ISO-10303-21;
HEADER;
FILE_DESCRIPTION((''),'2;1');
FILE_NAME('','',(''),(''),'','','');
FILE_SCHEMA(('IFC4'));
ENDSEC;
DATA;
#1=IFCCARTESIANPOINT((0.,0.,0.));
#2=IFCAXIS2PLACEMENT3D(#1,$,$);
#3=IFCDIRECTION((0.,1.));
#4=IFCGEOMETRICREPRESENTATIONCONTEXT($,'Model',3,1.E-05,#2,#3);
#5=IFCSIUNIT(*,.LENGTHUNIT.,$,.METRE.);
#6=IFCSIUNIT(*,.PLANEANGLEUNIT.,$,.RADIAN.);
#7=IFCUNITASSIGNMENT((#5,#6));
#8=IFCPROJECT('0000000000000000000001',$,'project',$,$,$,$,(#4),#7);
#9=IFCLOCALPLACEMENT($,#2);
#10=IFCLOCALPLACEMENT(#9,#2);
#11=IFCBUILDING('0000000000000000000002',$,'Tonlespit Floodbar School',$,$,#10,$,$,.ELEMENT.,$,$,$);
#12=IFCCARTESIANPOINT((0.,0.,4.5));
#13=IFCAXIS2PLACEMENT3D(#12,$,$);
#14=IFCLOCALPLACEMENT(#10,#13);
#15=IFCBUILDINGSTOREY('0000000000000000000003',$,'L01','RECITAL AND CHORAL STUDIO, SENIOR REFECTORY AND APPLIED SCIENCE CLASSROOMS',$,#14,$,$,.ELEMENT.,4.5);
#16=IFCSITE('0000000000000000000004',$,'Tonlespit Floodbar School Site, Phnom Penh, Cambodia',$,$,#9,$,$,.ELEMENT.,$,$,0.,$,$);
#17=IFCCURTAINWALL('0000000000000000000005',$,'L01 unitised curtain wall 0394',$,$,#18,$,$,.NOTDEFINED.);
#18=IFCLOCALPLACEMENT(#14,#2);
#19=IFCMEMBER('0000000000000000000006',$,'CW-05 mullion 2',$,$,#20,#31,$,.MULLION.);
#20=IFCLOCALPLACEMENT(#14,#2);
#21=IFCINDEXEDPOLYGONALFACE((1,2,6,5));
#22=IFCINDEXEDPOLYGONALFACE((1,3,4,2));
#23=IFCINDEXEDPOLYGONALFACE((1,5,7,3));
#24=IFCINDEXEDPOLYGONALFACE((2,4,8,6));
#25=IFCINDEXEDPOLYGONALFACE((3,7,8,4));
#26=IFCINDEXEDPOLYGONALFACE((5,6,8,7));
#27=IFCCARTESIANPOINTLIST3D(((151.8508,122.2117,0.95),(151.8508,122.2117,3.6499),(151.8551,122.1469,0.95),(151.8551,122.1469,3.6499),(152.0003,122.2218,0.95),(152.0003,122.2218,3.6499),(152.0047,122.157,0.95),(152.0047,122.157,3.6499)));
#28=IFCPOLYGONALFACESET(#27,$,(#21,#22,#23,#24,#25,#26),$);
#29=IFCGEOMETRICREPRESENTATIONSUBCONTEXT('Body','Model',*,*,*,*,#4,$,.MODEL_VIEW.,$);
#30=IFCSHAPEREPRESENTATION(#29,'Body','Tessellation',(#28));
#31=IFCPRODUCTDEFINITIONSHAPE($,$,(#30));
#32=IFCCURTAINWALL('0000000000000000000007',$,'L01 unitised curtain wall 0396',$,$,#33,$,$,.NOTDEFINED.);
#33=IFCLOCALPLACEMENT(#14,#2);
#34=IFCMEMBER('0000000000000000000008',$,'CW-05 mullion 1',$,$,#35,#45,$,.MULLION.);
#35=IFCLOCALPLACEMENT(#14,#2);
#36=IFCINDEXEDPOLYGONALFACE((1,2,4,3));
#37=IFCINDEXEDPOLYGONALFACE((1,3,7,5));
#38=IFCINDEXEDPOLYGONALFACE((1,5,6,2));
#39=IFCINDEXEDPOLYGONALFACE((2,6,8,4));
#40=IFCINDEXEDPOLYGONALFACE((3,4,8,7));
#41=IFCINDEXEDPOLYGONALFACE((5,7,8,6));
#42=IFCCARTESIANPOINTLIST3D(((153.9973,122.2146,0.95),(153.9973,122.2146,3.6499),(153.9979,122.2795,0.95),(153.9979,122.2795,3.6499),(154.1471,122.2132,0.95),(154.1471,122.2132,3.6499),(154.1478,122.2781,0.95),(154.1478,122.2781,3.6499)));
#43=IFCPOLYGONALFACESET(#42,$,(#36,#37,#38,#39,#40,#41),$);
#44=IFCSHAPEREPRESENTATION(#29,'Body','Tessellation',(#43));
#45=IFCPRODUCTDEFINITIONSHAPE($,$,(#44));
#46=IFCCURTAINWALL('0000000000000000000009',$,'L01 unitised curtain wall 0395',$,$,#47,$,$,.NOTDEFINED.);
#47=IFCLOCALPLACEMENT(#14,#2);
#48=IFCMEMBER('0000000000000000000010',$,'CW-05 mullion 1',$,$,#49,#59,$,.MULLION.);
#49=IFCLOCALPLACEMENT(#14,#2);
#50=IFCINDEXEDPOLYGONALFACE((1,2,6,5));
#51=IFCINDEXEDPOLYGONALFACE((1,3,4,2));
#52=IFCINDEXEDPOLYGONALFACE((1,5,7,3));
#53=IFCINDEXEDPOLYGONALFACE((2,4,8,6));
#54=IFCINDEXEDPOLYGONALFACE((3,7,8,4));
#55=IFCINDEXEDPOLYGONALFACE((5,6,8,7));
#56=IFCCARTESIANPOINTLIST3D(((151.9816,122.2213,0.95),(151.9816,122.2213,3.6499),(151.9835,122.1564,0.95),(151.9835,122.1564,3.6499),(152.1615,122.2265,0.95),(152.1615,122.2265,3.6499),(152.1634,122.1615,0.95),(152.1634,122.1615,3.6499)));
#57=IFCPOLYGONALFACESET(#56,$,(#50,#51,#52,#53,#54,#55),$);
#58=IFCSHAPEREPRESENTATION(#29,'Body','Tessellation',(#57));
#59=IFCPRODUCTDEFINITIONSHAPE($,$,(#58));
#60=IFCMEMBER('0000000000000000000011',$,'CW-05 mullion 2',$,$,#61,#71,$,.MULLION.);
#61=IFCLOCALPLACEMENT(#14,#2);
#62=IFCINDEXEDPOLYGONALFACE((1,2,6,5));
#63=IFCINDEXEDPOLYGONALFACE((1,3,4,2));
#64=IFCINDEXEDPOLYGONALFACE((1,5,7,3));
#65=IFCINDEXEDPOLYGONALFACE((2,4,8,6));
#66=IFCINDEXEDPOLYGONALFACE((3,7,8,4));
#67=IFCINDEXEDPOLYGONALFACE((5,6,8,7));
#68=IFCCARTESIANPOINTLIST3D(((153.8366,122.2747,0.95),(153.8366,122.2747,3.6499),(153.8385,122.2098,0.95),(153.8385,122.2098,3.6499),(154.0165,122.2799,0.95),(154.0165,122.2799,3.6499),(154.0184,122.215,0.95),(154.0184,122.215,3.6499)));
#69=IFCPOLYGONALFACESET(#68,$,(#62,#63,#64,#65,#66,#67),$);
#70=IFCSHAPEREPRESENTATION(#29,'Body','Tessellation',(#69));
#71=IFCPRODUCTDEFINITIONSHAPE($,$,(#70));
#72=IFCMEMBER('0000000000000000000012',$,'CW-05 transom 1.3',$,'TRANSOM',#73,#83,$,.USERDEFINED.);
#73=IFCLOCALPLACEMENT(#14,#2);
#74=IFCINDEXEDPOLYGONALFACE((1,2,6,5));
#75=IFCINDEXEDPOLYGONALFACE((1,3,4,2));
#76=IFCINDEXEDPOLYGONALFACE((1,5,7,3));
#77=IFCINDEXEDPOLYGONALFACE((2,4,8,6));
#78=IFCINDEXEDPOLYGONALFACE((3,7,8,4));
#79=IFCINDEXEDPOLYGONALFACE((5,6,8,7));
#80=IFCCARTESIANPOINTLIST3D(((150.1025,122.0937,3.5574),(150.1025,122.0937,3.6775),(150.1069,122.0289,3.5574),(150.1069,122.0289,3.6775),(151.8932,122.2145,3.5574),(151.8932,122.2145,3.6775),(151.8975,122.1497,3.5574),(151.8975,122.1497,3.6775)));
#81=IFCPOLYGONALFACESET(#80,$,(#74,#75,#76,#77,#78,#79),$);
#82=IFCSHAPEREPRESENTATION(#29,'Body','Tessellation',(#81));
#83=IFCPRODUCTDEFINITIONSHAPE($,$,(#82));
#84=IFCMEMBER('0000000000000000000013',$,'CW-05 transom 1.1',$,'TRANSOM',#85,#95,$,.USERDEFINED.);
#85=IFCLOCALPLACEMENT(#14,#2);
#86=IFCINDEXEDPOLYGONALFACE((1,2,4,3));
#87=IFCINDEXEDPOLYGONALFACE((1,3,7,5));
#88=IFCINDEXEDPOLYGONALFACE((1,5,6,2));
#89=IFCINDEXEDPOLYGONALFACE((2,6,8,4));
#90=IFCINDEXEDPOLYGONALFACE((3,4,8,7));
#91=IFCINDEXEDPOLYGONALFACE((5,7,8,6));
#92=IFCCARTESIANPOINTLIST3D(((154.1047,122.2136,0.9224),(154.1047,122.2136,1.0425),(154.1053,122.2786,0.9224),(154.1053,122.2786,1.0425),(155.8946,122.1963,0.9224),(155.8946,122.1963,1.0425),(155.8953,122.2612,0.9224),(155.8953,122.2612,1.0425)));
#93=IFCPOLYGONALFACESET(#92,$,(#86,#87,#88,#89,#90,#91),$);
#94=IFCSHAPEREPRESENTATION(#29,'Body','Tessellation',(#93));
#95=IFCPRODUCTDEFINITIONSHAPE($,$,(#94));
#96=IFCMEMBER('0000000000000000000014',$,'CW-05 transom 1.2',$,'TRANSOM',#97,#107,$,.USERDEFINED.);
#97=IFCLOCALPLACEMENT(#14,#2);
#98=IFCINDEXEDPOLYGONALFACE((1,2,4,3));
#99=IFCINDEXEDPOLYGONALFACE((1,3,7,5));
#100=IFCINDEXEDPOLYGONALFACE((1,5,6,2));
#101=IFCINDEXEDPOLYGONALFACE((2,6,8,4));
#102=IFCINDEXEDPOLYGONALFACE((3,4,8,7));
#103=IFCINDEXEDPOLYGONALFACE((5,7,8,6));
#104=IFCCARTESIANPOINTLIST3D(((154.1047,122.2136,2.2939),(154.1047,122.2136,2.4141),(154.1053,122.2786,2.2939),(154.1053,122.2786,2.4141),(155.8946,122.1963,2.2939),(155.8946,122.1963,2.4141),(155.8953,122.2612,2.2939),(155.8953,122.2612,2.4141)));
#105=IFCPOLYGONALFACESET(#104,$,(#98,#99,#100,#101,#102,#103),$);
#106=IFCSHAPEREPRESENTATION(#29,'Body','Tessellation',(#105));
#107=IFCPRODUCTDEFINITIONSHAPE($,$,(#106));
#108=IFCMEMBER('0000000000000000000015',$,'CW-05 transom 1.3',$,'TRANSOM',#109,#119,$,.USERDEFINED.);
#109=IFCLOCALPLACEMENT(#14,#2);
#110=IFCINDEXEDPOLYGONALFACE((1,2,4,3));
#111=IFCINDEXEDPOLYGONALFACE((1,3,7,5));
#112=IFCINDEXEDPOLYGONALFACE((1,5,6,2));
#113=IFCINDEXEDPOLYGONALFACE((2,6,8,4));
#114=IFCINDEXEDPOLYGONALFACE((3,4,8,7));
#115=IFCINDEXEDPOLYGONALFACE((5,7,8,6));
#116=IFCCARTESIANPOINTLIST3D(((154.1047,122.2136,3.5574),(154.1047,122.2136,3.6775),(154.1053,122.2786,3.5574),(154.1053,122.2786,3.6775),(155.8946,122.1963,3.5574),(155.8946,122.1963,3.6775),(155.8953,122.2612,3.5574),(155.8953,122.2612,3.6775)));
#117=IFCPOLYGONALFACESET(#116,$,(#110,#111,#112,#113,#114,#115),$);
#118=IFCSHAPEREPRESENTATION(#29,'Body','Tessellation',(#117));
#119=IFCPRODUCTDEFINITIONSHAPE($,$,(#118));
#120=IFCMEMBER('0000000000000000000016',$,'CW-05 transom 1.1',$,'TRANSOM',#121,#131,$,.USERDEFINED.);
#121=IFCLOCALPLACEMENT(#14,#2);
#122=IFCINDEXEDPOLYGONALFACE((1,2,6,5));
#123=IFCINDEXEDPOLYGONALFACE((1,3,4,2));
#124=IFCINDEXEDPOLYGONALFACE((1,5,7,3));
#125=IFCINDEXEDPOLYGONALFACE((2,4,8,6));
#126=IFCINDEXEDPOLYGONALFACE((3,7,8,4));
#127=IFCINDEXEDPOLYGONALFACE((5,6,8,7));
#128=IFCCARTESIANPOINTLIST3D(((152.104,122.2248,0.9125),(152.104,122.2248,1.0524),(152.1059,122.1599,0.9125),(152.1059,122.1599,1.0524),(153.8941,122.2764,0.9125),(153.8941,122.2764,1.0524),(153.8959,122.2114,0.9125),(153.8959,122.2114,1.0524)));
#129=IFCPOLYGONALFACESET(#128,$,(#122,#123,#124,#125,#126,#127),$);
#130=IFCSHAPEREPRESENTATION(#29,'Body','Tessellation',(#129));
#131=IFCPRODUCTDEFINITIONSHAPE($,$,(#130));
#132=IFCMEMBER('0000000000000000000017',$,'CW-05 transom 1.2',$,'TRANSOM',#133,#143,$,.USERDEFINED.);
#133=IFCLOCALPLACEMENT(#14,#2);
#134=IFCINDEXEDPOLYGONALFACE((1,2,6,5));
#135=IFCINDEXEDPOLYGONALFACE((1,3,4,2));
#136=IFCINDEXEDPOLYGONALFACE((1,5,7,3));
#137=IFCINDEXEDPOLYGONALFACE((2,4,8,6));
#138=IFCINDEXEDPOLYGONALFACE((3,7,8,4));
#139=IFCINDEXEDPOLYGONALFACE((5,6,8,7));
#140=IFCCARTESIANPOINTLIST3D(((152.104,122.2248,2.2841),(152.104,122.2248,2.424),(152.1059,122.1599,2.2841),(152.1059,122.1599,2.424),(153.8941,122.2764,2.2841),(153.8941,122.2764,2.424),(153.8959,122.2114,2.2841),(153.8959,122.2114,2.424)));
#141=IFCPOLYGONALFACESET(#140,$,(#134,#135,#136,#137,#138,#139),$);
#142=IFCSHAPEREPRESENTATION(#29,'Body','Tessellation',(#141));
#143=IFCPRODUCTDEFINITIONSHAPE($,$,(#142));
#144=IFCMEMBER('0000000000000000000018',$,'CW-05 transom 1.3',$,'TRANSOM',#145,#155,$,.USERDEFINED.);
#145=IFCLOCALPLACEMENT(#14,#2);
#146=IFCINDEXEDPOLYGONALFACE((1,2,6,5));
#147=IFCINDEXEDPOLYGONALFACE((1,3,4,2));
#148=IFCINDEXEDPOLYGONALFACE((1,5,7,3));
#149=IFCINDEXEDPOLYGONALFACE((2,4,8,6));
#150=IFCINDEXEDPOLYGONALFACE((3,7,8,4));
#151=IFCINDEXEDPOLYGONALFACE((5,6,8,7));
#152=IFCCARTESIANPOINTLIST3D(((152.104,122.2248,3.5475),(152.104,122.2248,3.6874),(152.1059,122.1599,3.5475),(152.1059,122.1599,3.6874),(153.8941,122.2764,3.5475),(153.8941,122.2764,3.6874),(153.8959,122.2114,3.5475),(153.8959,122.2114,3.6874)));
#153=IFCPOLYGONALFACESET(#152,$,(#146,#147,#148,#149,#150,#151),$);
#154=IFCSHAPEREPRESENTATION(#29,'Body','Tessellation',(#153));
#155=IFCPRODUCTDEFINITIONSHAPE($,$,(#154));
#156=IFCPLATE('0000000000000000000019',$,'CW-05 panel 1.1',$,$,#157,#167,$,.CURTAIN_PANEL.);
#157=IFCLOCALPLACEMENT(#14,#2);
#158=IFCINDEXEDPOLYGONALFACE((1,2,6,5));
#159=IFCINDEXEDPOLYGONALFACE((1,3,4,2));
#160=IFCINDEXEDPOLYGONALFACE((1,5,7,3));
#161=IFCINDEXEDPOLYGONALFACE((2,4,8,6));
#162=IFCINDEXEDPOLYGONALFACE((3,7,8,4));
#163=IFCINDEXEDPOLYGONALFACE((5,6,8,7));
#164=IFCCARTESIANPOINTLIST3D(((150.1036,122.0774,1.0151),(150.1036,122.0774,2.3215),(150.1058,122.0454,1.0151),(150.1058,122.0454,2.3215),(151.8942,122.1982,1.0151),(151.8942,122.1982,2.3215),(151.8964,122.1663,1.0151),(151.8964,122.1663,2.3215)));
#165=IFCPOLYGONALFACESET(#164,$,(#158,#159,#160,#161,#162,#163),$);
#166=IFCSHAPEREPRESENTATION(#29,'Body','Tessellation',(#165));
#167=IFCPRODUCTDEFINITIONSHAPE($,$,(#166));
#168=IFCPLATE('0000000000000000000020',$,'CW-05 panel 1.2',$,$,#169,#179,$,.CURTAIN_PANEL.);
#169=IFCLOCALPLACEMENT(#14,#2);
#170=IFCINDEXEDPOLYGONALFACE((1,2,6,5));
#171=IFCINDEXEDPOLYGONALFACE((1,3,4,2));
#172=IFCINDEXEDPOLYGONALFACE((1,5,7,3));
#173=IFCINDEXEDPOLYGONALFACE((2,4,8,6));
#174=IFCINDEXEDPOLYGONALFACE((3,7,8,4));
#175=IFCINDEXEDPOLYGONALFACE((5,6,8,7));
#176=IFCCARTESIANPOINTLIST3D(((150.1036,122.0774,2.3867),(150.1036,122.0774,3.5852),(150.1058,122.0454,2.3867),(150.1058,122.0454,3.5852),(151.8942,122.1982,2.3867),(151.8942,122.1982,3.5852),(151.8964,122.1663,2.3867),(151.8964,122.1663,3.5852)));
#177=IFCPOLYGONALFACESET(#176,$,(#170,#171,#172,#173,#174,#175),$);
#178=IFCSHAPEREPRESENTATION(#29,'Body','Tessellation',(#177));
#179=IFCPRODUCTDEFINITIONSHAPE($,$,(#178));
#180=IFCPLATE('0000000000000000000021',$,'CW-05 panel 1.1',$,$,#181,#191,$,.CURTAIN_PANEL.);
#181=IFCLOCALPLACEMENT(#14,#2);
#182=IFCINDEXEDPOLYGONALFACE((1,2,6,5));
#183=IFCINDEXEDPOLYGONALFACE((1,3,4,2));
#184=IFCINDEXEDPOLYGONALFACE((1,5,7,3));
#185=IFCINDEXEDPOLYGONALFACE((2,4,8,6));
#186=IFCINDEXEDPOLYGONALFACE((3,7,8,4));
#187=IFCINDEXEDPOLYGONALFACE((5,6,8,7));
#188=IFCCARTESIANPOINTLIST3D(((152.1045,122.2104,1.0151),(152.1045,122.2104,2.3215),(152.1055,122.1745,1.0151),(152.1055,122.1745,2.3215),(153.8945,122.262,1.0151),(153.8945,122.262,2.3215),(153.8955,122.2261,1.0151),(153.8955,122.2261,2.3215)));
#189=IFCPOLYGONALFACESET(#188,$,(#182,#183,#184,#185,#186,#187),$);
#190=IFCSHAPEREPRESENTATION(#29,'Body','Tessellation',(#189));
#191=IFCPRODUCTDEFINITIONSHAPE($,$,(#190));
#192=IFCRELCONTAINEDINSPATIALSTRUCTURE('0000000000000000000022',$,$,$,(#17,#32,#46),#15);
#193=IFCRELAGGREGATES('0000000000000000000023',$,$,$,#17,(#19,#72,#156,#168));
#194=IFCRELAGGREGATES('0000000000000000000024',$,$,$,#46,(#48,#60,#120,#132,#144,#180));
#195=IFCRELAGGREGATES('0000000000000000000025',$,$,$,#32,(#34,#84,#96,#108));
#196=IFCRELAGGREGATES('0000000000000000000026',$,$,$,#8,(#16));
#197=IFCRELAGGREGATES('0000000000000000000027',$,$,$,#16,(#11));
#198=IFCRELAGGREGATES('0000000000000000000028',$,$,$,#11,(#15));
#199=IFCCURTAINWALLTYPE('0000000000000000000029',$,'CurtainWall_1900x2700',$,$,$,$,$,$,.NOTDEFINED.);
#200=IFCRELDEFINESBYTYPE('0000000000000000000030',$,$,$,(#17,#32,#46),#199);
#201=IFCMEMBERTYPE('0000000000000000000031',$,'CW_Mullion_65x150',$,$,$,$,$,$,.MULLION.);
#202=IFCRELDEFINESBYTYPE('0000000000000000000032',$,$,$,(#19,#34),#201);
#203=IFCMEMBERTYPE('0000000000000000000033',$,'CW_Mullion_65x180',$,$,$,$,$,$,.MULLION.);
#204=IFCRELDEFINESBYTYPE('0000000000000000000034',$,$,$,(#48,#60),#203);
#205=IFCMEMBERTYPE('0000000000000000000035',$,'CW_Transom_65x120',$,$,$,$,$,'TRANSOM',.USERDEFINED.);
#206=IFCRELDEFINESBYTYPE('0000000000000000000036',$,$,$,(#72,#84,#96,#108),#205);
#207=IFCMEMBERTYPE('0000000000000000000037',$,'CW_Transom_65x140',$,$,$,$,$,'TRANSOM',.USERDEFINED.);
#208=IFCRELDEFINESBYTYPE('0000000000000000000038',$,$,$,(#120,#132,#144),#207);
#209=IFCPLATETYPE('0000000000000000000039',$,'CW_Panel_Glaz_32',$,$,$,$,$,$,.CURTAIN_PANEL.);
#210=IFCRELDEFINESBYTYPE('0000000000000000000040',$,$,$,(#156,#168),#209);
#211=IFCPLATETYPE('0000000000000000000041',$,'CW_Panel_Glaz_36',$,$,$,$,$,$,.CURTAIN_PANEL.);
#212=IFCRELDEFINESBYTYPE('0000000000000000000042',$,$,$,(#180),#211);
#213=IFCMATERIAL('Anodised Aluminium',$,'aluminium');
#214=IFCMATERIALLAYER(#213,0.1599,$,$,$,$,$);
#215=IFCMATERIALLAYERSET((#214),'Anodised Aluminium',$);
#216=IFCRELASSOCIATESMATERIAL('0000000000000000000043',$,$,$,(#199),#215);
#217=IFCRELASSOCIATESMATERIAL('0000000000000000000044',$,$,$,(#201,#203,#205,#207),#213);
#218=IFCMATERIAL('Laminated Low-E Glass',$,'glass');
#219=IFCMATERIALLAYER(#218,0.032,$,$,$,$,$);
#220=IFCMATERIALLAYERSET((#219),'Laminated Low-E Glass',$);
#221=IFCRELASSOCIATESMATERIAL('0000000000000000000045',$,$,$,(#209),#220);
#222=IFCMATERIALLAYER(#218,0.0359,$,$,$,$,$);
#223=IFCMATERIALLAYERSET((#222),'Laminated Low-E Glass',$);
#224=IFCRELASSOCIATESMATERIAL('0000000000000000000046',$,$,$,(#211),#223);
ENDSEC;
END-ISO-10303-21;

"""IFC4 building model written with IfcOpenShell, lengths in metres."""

from ifc_helpers import new_model, si_unit, direction, frame, origin, origin_2d, place, context, subcontext, project, spatial, rectangle, extrude, material, layer, layer_set, material_profile, profile_set, type_object, element, aggregate, save


model = new_model("IFC4")

# Units and contexts
model_context = context("Model", 3, precision=1e-05, world=origin(), true_north=direction((0.0, 1.0)))
body_context = subcontext(model_context, "Body", "Model", "MODEL_VIEW")
ifc_project = project(units=[si_unit("LENGTHUNIT", "METRE"), si_unit("PLANEANGLEUNIT", "RADIAN")], contexts=[model_context])

# Site, building, storey
site_placement = place(None, origin())
site = spatial("IfcSite", under=ifc_project, at=site_placement, Name="Tonlespit Floodbar School Site, Phnom Penh, Cambodia", CompositionType="ELEMENT", RefElevation=0.0)
building_placement = place(site_placement, origin())
building = spatial("IfcBuilding", under=site, at=building_placement, Name="Tonlespit Floodbar School", CompositionType="ELEMENT")
storey_placement = place(building_placement, frame((0.0, 0.0, 4.5)))
storey = spatial("IfcBuildingStorey", under=building, at=storey_placement, Name="L01", Description="RECITAL AND CHORAL STUDIO, SENIOR REFECTORY AND APPLIED SCIENCE CLASSROOMS", CompositionType="ELEMENT", Elevation=4.5)

# Curtain walls, members
ifc_material_1 = material(Name="Anodised Aluminium", Category="aluminium")
ifc_layer_1 = layer(ifc_material_1, 0.1599)
ifc_layer_set_1 = layer_set([ifc_layer_1], Name="Anodised Aluminium")
curtain_wall_type = type_object("IfcCurtainWallType", Name="CurtainWall_1900x2700", PredefinedType="NOTDEFINED", material=ifc_layer_set_1)
curtain_wall_1_placement = place(storey_placement, origin())
curtain_wall_1 = element("IfcCurtainWall", 1, at=curtain_wall_1_placement, inside=storey, type_object=curtain_wall_type, Name="L01 unitised curtain wall 0394", PredefinedType="NOTDEFINED")
ifc_material_profile_1 = material_profile(ifc_material_1, rectangle(XDim=0.0649, YDim=0.1499, at=origin_2d()), Name="ALU M65x150")
ifc_profile_set_1 = profile_set([ifc_material_profile_1], Name="Anodised Aluminium")
member_type_1 = type_object("IfcMemberType", Name="CW_Mullion_65x150", PredefinedType="MULLION", material=ifc_profile_set_1)
member_1_placement = place(storey_placement, frame((151.9277, 122.1843, 0.95), z_axis=(0.0, 0.0, 1.0), x_axis=(-0.06734, 0.99773, 0.0)))
member_1 = element("IfcMember", 2, at=member_1_placement, type_object=member_type_1, Name="CW-05 mullion 2", PredefinedType="MULLION", context=body_context, shape_type="SweptSolid", body=[
    extrude(rectangle(XDim=0.0649, YDim=0.1499, at=origin_2d()), origin(), (0.0, 0.0, 1.0), 2.7),
])
curtain_wall_2_placement = place(storey_placement, origin())
curtain_wall_2 = element("IfcCurtainWall", 3, at=curtain_wall_2_placement, inside=storey, type_object=curtain_wall_type, Name="L01 unitised curtain wall 0396", PredefinedType="NOTDEFINED")
member_2_placement = place(storey_placement, frame((154.0725, 122.2463, 0.95), z_axis=(0.0, 0.0, 1.0), x_axis=(0.009583, 0.999954, 0.0)))
member_2 = element("IfcMember", 4, at=member_2_placement, type_object=member_type_1, Name="CW-05 mullion 1", PredefinedType="MULLION", context=body_context, shape_type="SweptSolid", body=[
    extrude(rectangle(XDim=0.0649, YDim=0.1499, at=origin_2d()), origin(), (0.0, 0.0, 1.0), 2.7),
])

# Curtain wall, members
curtain_wall_3_placement = place(storey_placement, origin())
curtain_wall_3 = element("IfcCurtainWall", 5, at=curtain_wall_3_placement, inside=storey, type_object=curtain_wall_type, Name="L01 unitised curtain wall 0395", PredefinedType="NOTDEFINED")
ifc_material_profile_2 = material_profile(ifc_material_1, rectangle(XDim=0.0649, YDim=0.1799, at=origin_2d()), Name="ALU M65x180")
ifc_profile_set_2 = profile_set([ifc_material_profile_2], Name="Anodised Aluminium")
member_type_2 = type_object("IfcMemberType", Name="CW_Mullion_65x180", PredefinedType="MULLION", material=ifc_profile_set_2)
member_3_placement = place(storey_placement, frame((152.0725, 122.1914, 0.95), z_axis=(0.0, 0.0, 1.0), x_axis=(-0.02879, 0.999585, 0.0)))
member_3 = element("IfcMember", 6, at=member_3_placement, type_object=member_type_2, Name="CW-05 mullion 1", PredefinedType="MULLION", context=body_context, shape_type="SweptSolid", body=[
    extrude(rectangle(XDim=0.0649, YDim=0.1799, at=origin_2d()), origin(), (0.0, 0.0, 1.0), 2.7),
])
member_4_placement = place(storey_placement, frame((153.9275, 122.2449, 0.95), z_axis=(0.0, 0.0, 1.0), x_axis=(-0.02879, 0.999585, 0.0)))
member_4 = element("IfcMember", 7, at=member_4_placement, type_object=member_type_2, Name="CW-05 mullion 2", PredefinedType="MULLION", context=body_context, shape_type="SweptSolid", body=[
    extrude(rectangle(XDim=0.0649, YDim=0.1799, at=origin_2d()), origin(), (0.0, 0.0, 1.0), 2.7),
])

# Members
ifc_material_profile_3 = material_profile(ifc_material_1, rectangle(XDim=0.0649, YDim=0.1201, at=origin_2d()), Name="ALU T65x120")
ifc_profile_set_3 = profile_set([ifc_material_profile_3], Name="Anodised Aluminium")
member_type_3 = type_object("IfcMemberType", Name="CW_Transom_65x120", ElementType="TRANSOM", PredefinedType="USERDEFINED", material=ifc_profile_set_3)
member_5_placement = place(storey_placement, frame((150.1047, 122.0613, 3.6174), z_axis=(0.99773, 0.067341, 0.0), x_axis=(-0.067341, 0.99773, 0.0)))
member_5 = element("IfcMember", 8, at=member_5_placement, type_object=member_type_3, Name="CW-05 transom 1.3", ObjectType="TRANSOM", PredefinedType="USERDEFINED", context=body_context, shape_type="SweptSolid", body=[
    extrude(rectangle(XDim=0.0649, YDim=0.1201, at=origin_2d()), origin(), (0.0, 0.0, 1.0), 1.7947),
])
member_6_placement = place(storey_placement, frame((154.105, 122.2461, 0.9824), z_axis=(0.999953, -0.009683, 0.0), x_axis=(0.009683, 0.999953, 0.0)))
member_6 = element("IfcMember", 9, at=member_6_placement, type_object=member_type_3, Name="CW-05 transom 1.1", ObjectType="TRANSOM", PredefinedType="USERDEFINED", context=body_context, shape_type="SweptSolid", body=[
    extrude(rectangle(XDim=0.0649, YDim=0.1201, at=origin_2d()), origin(), (0.0, 0.0, 1.0), 1.79),
])
member_7_placement = place(storey_placement, frame((154.105, 122.2461, 2.354), z_axis=(0.999953, -0.009683, 0.0), x_axis=(0.009683, 0.999953, 0.0)))
member_7 = element("IfcMember", 10, at=member_7_placement, type_object=member_type_3, Name="CW-05 transom 1.2", ObjectType="TRANSOM", PredefinedType="USERDEFINED", context=body_context, shape_type="SweptSolid", body=[
    extrude(rectangle(XDim=0.0649, YDim=0.1201, at=origin_2d()), origin(), (0.0, 0.0, 1.0), 1.79),
])
member_8_placement = place(storey_placement, frame((154.105, 122.2461, 3.6174), z_axis=(0.999953, -0.009683, 0.0), x_axis=(0.009683, 0.999953, 0.0)))
member_8 = element("IfcMember", 11, at=member_8_placement, type_object=member_type_3, Name="CW-05 transom 1.3", ObjectType="TRANSOM", PredefinedType="USERDEFINED", context=body_context, shape_type="SweptSolid", body=[
    extrude(rectangle(XDim=0.0649, YDim=0.1201, at=origin_2d()), origin(), (0.0, 0.0, 1.0), 1.79),
])
ifc_material_profile_4 = material_profile(ifc_material_1, rectangle(XDim=0.0649, YDim=0.1399, at=origin_2d()), Name="ALU T65x140")
ifc_profile_set_4 = profile_set([ifc_material_profile_4], Name="Anodised Aluminium")
member_type_4 = type_object("IfcMemberType", Name="CW_Transom_65x140", ElementType="TRANSOM", PredefinedType="USERDEFINED", material=ifc_profile_set_4)
member_9_placement = place(storey_placement, frame((152.105, 122.1924, 0.9824), z_axis=(0.999586, 0.028766, 0.0), x_axis=(-0.028766, 0.999586, 0.0)))
member_9 = element("IfcMember", 12, at=member_9_placement, type_object=member_type_4, Name="CW-05 transom 1.1", ObjectType="TRANSOM", PredefinedType="USERDEFINED", context=body_context, shape_type="SweptSolid", body=[
    extrude(rectangle(XDim=0.0649, YDim=0.1399, at=origin_2d()), origin(), (0.0, 0.0, 1.0), 1.7908),
])
member_10_placement = place(storey_placement, frame((152.105, 122.1924, 2.354), z_axis=(0.999586, 0.028766, 0.0), x_axis=(-0.028766, 0.999586, 0.0)))
member_10 = element("IfcMember", 13, at=member_10_placement, type_object=member_type_4, Name="CW-05 transom 1.2", ObjectType="TRANSOM", PredefinedType="USERDEFINED", context=body_context, shape_type="SweptSolid", body=[
    extrude(rectangle(XDim=0.0649, YDim=0.1399, at=origin_2d()), origin(), (0.0, 0.0, 1.0), 1.7908),
])
member_11_placement = place(storey_placement, frame((152.105, 122.1924, 3.6174), z_axis=(0.999586, 0.028766, 0.0), x_axis=(-0.028766, 0.999586, 0.0)))
member_11 = element("IfcMember", 14, at=member_11_placement, type_object=member_type_4, Name="CW-05 transom 1.3", ObjectType="TRANSOM", PredefinedType="USERDEFINED", context=body_context, shape_type="SweptSolid", body=[
    extrude(rectangle(XDim=0.0649, YDim=0.1399, at=origin_2d()), origin(), (0.0, 0.0, 1.0), 1.7908),
])

# Plates
ifc_material_2 = material(Name="Laminated Low-E Glass", Category="glass")
ifc_layer_2 = layer(ifc_material_2, 0.032)
ifc_layer_set_2 = layer_set([ifc_layer_2], Name="Laminated Low-E Glass")
plate_type_1 = type_object("IfcPlateType", Name="CW_Panel_Glaz_32", PredefinedType="CURTAIN_PANEL", material=ifc_layer_set_2)
plate_1_placement = place(storey_placement, frame((151.0, 122.1218, 1.0151), z_axis=(0.0, 0.0, 1.0), x_axis=(0.99773, 0.06734, 0.0)))
plate_1 = element("IfcPlate", 15, at=plate_1_placement, type_object=plate_type_1, Name="CW-05 panel 1.1", PredefinedType="CURTAIN_PANEL", context=body_context, shape_type="SweptSolid", body=[
    extrude(rectangle(XDim=1.7947, YDim=0.032, at=origin_2d()), origin(), (0.0, 0.0, 1.0), 1.3064),
])
plate_2_placement = place(storey_placement, frame((151.0, 122.1218, 2.3867), z_axis=(0.0, 0.0, 1.0), x_axis=(0.99773, 0.06734, 0.0)))
plate_2 = element("IfcPlate", 16, at=plate_2_placement, type_object=plate_type_1, Name="CW-05 panel 1.2", PredefinedType="CURTAIN_PANEL", context=body_context, shape_type="SweptSolid", body=[
    extrude(rectangle(XDim=1.7947, YDim=0.032, at=origin_2d()), origin(), (0.0, 0.0, 1.0), 1.1985),
])
aggregate(curtain_wall_1, [member_1, member_5, plate_1, plate_2])
ifc_layer_3 = layer(ifc_material_2, 0.0359)
ifc_layer_set_3 = layer_set([ifc_layer_3], Name="Laminated Low-E Glass")
plate_type_2 = type_object("IfcPlateType", Name="CW_Panel_Glaz_36", PredefinedType="CURTAIN_PANEL", material=ifc_layer_set_3)
plate_3_placement = place(storey_placement, frame((153.0, 122.2183, 1.0151), z_axis=(0.0, 0.0, 1.0), x_axis=(0.999585, 0.02879, 0.0)))
plate_3 = element("IfcPlate", 17, at=plate_3_placement, type_object=plate_type_2, Name="CW-05 panel 1.1", PredefinedType="CURTAIN_PANEL", context=body_context, shape_type="SweptSolid", body=[
    extrude(rectangle(XDim=1.7908, YDim=0.0359, at=origin_2d()), origin(), (0.0, 0.0, 1.0), 1.3064),
])
aggregate(curtain_wall_3, [member_3, member_4, member_9, member_10, member_11, plate_3])
aggregate(curtain_wall_2, [member_2, member_6, member_7, member_8])

save(model, "model.ifc")
